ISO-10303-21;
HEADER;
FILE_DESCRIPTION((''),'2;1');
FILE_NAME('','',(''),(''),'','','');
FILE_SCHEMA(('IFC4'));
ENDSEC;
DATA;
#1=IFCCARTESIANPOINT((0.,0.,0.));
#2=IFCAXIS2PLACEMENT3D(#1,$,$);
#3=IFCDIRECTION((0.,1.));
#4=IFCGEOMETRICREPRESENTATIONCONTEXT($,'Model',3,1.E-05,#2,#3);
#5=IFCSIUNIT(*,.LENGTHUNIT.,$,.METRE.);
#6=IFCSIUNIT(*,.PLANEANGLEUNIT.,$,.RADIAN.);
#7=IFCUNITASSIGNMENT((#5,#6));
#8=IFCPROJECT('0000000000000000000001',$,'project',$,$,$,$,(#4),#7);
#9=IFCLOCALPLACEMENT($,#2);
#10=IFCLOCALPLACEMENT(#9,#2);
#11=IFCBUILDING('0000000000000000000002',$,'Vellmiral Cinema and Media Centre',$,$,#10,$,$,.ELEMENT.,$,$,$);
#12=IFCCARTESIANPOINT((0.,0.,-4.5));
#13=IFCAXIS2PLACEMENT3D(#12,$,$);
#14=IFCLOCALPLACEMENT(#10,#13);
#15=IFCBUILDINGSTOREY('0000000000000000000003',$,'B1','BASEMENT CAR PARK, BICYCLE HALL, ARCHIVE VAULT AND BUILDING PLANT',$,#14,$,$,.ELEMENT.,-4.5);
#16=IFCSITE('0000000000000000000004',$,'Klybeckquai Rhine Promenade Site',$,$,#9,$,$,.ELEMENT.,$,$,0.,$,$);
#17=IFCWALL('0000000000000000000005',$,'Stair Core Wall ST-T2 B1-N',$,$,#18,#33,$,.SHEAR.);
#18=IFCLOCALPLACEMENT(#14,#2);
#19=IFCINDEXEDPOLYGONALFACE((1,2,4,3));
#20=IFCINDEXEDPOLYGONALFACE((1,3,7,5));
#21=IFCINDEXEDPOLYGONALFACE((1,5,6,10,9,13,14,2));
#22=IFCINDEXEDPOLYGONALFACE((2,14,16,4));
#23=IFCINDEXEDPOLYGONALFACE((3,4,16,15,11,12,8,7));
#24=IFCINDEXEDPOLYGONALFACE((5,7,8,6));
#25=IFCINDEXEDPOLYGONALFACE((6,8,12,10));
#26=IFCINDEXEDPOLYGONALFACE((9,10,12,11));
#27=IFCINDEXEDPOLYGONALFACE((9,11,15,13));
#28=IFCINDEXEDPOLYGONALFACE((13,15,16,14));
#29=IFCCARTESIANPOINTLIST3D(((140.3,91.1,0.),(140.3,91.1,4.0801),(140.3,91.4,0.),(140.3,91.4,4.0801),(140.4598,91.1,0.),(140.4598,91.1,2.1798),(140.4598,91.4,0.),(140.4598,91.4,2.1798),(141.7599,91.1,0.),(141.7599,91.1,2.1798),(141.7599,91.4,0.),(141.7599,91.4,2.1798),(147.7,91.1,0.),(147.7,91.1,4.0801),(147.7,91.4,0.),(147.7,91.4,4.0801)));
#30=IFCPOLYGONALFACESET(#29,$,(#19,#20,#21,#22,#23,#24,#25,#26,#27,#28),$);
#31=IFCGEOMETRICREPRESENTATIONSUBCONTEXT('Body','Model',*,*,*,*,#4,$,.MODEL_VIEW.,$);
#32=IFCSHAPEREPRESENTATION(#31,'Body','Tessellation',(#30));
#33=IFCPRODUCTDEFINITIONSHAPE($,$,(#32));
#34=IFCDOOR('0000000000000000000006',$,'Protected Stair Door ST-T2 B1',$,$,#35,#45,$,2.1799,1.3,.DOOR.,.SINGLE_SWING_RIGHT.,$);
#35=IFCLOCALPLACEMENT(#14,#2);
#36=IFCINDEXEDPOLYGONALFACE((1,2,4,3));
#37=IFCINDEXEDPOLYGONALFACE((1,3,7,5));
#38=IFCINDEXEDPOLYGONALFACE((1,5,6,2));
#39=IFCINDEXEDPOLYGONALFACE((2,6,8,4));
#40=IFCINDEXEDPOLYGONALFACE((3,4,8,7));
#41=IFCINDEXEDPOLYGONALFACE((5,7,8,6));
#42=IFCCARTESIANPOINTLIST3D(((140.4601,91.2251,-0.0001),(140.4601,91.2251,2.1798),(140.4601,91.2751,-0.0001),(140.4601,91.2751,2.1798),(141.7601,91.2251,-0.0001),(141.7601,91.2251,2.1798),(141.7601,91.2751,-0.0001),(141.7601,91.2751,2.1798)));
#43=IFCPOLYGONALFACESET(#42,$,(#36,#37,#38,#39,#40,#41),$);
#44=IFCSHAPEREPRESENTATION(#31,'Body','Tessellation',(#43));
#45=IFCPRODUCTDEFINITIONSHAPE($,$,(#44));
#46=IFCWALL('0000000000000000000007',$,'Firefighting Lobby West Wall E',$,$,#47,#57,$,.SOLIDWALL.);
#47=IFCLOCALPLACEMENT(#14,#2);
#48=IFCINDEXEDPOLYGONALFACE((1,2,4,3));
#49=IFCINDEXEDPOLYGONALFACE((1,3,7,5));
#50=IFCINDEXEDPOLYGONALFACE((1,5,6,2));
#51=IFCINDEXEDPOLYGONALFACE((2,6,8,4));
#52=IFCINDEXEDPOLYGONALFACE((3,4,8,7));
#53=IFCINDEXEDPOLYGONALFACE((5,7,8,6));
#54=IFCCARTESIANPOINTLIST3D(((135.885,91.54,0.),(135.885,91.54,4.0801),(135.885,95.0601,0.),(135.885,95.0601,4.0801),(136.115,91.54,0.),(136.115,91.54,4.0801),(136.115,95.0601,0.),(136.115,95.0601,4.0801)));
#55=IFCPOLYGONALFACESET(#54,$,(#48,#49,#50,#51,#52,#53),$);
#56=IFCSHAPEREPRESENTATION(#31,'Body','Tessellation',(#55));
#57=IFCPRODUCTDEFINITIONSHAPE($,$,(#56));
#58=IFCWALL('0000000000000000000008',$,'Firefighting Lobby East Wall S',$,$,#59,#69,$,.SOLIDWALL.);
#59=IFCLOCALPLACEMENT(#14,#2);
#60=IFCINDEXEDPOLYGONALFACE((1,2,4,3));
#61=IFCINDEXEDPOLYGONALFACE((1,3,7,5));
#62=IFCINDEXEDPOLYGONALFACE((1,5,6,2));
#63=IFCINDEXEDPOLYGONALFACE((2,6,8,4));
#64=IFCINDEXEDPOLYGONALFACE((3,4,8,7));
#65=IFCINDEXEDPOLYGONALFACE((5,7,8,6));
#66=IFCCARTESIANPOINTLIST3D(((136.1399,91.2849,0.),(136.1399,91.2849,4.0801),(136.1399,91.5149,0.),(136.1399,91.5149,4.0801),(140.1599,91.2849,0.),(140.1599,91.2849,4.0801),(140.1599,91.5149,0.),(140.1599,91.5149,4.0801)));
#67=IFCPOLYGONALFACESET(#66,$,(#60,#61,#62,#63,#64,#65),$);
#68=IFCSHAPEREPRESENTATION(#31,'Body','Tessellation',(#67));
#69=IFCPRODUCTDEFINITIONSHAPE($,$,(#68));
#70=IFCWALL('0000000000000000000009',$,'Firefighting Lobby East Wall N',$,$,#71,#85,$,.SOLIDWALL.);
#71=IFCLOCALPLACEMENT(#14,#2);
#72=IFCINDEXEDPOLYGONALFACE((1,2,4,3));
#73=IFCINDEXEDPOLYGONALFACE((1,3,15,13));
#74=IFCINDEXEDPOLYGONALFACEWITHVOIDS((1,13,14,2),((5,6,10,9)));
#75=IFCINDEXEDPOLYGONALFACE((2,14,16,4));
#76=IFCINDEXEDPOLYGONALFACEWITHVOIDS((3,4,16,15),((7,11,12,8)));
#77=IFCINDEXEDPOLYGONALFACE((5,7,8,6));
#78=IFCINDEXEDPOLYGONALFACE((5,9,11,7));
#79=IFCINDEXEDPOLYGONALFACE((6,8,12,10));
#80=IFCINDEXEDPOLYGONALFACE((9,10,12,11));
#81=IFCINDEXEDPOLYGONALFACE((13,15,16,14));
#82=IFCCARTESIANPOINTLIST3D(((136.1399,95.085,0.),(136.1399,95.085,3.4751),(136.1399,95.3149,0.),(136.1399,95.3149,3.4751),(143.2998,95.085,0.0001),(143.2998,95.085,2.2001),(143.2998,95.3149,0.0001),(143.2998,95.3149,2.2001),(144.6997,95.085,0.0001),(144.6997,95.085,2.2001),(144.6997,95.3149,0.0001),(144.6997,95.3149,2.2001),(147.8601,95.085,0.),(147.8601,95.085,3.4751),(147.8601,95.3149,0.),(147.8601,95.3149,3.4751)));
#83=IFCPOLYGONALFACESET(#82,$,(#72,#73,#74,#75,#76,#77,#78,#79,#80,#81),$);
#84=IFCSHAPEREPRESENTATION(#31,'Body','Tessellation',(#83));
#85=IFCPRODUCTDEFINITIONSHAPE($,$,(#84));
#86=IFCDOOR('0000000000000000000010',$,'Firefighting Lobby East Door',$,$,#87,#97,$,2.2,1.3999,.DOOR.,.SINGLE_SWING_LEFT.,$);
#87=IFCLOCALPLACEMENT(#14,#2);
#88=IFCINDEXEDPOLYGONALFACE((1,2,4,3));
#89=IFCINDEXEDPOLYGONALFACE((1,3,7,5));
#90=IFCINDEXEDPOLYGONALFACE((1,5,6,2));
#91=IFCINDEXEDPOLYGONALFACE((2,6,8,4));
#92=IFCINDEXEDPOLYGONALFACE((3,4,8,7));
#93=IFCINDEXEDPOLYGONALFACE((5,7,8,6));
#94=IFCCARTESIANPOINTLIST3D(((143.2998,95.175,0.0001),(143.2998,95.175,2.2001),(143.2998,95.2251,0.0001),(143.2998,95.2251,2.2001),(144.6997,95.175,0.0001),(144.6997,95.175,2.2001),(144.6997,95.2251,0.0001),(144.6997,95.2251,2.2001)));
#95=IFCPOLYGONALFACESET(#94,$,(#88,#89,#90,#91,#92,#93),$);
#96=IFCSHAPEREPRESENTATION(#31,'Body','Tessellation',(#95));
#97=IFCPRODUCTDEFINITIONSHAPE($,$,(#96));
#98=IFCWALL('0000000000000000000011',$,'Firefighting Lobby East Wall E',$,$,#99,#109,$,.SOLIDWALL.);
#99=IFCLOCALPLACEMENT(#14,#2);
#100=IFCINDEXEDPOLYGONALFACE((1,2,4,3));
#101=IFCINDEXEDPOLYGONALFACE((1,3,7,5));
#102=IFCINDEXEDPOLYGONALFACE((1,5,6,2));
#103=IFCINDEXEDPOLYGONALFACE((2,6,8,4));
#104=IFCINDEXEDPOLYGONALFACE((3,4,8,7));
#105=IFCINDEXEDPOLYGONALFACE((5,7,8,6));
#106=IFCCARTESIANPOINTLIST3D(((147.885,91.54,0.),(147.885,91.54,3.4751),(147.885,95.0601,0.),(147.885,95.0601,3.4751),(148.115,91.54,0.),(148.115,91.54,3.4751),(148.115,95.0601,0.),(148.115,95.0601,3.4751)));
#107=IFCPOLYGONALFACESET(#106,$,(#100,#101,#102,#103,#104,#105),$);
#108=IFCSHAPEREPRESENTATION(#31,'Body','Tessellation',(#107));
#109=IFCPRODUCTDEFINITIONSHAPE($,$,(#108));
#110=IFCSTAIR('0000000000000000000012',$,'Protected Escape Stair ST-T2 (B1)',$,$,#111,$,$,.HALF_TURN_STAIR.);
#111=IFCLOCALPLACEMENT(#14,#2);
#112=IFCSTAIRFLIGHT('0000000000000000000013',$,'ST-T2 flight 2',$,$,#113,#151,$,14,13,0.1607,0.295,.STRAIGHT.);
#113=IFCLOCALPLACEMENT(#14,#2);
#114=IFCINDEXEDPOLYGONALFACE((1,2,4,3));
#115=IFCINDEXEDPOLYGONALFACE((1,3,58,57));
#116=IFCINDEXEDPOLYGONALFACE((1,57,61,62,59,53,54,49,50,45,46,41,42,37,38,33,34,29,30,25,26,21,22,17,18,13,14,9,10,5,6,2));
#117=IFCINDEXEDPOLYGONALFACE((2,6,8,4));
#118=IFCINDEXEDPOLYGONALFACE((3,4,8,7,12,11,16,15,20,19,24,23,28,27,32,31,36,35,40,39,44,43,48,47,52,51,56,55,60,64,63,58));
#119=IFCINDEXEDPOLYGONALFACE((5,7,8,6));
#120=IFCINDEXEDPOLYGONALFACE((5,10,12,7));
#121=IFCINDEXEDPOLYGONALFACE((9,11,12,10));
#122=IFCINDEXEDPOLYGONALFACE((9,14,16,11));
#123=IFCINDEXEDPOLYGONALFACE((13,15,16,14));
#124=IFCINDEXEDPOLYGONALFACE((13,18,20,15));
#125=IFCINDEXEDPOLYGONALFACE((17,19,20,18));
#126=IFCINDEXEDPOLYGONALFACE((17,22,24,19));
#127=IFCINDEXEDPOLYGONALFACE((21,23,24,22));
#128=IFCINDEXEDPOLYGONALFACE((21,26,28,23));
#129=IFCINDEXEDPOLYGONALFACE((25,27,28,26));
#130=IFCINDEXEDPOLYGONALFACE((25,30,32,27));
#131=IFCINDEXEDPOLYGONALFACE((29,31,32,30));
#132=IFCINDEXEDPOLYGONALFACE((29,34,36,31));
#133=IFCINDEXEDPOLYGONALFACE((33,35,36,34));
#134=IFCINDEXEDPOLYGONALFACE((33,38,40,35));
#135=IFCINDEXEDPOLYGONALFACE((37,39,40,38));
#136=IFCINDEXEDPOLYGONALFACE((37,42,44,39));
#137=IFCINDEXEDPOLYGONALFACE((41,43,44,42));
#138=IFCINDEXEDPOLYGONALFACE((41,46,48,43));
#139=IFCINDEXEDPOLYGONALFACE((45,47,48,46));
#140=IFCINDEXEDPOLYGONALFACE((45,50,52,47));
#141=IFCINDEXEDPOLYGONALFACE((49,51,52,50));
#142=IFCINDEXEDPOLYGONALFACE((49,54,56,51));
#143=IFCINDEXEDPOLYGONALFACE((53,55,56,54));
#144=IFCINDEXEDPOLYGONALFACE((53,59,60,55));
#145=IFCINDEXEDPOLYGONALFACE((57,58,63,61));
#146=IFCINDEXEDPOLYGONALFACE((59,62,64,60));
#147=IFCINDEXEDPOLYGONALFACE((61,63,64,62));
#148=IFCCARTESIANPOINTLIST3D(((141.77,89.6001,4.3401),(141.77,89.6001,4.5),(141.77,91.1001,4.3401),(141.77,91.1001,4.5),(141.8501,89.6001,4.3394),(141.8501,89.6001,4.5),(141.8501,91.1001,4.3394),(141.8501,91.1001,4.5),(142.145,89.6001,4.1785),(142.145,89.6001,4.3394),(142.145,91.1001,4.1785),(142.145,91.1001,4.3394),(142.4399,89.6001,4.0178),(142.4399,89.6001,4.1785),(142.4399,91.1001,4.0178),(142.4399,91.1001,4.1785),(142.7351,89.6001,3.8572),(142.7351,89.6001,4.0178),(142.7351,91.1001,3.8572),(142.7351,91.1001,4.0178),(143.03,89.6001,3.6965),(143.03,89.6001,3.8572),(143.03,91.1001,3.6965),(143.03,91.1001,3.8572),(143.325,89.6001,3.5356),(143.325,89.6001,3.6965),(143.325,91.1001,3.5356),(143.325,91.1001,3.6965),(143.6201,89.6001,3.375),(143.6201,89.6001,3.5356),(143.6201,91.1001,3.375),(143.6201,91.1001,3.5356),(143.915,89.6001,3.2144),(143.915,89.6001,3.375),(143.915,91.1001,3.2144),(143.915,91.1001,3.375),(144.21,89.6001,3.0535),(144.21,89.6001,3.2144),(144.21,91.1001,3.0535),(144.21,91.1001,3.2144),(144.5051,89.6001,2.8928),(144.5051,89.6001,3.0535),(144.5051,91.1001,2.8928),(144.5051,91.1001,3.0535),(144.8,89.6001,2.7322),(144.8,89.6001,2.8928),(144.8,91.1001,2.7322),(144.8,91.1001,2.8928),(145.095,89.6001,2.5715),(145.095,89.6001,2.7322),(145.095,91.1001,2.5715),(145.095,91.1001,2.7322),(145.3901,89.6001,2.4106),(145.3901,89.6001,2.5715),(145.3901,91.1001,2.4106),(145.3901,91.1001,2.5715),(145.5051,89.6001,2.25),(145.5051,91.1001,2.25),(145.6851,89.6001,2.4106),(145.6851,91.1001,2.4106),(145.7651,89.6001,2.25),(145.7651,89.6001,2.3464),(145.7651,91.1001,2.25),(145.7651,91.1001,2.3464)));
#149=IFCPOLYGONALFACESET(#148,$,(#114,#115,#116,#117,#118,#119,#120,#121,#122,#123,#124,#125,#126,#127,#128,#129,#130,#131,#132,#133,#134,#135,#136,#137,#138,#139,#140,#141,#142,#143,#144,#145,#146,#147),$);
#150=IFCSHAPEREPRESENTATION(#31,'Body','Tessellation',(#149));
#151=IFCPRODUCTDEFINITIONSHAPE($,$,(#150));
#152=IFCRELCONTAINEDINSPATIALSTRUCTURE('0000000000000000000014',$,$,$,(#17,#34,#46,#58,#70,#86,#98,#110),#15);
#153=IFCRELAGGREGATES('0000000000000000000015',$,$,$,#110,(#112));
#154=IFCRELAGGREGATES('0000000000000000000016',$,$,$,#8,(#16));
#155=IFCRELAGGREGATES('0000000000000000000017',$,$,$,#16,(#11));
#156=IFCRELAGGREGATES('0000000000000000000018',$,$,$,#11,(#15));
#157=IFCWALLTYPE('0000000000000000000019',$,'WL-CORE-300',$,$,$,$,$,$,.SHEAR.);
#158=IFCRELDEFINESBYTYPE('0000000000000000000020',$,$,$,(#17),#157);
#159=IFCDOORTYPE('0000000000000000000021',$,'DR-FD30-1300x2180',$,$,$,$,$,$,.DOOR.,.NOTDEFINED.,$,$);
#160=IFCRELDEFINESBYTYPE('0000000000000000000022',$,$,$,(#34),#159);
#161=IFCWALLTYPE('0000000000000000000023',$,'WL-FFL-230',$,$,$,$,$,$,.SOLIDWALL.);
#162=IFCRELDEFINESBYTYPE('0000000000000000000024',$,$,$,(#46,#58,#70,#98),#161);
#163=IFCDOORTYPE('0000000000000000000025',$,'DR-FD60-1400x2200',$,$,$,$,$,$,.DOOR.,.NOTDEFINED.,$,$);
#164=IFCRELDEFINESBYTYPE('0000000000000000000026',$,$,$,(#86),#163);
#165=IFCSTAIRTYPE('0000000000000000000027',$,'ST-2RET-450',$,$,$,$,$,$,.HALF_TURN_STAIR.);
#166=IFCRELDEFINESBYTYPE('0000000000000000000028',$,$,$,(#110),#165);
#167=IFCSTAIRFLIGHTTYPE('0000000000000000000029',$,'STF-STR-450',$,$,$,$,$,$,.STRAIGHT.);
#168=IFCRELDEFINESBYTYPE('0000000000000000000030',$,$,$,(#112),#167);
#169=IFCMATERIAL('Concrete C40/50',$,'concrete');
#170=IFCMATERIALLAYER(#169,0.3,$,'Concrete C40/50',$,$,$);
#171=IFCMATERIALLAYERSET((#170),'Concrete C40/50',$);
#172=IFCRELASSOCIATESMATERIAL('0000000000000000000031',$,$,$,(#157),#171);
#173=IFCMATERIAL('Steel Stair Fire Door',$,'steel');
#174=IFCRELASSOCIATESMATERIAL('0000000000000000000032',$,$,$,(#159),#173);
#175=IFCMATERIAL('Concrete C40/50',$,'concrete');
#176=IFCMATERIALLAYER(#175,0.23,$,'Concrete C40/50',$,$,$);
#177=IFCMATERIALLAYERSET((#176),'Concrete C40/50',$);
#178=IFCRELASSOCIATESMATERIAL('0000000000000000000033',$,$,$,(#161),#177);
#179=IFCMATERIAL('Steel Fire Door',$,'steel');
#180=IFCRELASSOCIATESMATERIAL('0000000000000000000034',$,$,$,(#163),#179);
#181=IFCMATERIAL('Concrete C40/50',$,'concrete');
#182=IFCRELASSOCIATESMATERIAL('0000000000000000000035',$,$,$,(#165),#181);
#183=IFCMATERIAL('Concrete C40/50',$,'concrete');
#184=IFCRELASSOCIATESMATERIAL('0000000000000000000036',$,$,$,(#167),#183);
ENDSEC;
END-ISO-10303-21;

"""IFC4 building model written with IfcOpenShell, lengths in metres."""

from ifc_helpers import new_model, si_unit, direction, frame, frame_2d, origin, place, context, subcontext, project, spatial, polyline, rectangle, outline, extrude, material, layer, layer_set, type_object, element, fill, aggregate, save


model = new_model("IFC4")

# Units and contexts
model_context = context("Model", 3, precision=1e-05, world=origin(), true_north=direction((0.0, 1.0)))
body_context = subcontext(model_context, "Body", "Model", "MODEL_VIEW")
ifc_project = project(units=[si_unit("LENGTHUNIT", "METRE"), si_unit("PLANEANGLEUNIT", "RADIAN")], contexts=[model_context])

# Site, building, storey
site_placement = place(None, origin())
site = spatial("IfcSite", under=ifc_project, at=site_placement, Name="Klybeckquai Rhine Promenade Site", CompositionType="ELEMENT", RefElevation=0.0)
building_placement = place(site_placement, origin())
building = spatial("IfcBuilding", under=site, at=building_placement, Name="Vellmiral Cinema and Media Centre", CompositionType="ELEMENT")
storey_placement = place(building_placement, frame((0.0, 0.0, -4.5)))
storey = spatial("IfcBuildingStorey", under=building, at=storey_placement, Name="B1", Description="BASEMENT CAR PARK, BICYCLE HALL, ARCHIVE VAULT AND BUILDING PLANT", CompositionType="ELEMENT", Elevation=-4.5)

# Wall, opening, door
ifc_material_1 = material(Name="Concrete C40/50", Category="concrete")
ifc_layer_1 = layer(ifc_material_1, 0.3, Name="Concrete C40/50")
ifc_layer_set_1 = layer_set([ifc_layer_1], Name="Concrete C40/50")
wall_type_1 = type_object("IfcWallType", Name="WL-CORE-300", PredefinedType="SHEAR", material=ifc_layer_set_1)
wall_1_placement = place(storey_placement, frame((140.3, 91.25, 0.0), z_axis=(0.0, 0.0, 1.0), x_axis=(1.0, 0.0, 0.0)))
wall_1 = element("IfcWall", 1, at=wall_1_placement, inside=storey, type_object=wall_type_1, Name="Stair Core Wall ST-T2 B1-N", PredefinedType="SHEAR", context=body_context, shape_type="SweptSolid", body=[
    extrude(rectangle(XDim=7.3999, YDim=0.3, at=frame_2d((3.7, 0.0))), origin(), (0.0, 0.0, 1.0), 4.0801),
])
opening_1_placement = place(wall_1_placement, frame((0.1599, 0.0, 0.0)))
opening_1 = element("IfcOpeningElement", 2, at=opening_1_placement, cuts=wall_1, PredefinedType="OPENING", context=body_context, shape_type="SweptSolid", body=[
    extrude(rectangle(XDim=1.3, YDim=2.1799, at=frame_2d((0.6499, 1.0898))), frame((0.0, 0.1621, 0.0), z_axis=(0.0, -1.0, 0.0), x_axis=(1.0, 0.0, 0.0)), (0.0, 0.0, 1.0), 0.324),
])
ifc_material_2 = material(Name="Steel Stair Fire Door", Category="steel")
door_type_1 = type_object("IfcDoorType", Name="DR-FD30-1300x2180", OperationType="NOTDEFINED", PredefinedType="DOOR", material=ifc_material_2)
door_1_placement = place(opening_1_placement, frame((1.3, 0.0, 0.0), z_axis=(0.0, 0.0, 1.0), x_axis=(-1.0, 0.0, 0.0)))
door_1 = element("IfcDoor", 3, at=door_1_placement, inside=storey, type_object=door_type_1, Name="Protected Stair Door ST-T2 B1", OperationType="SINGLE_SWING_RIGHT", OverallHeight=2.1799, OverallWidth=1.3, PredefinedType="DOOR", context=body_context, shape_type="SweptSolid", body=[
    extrude(rectangle(XDim=1.3, YDim=2.1799, at=frame_2d((0.6499, 1.0898))), frame((0.0, 0.0249, 0.0), z_axis=(0.0, -1.0, 0.0), x_axis=(1.0, 0.0, 0.0)), (0.0, 0.0, 1.0), 0.05),
])
fill(opening_1, door_1)

# Walls
ifc_material_3 = material(Name="Concrete C40/50", Category="concrete")
ifc_layer_2 = layer(ifc_material_3, 0.23, Name="Concrete C40/50")
ifc_layer_set_2 = layer_set([ifc_layer_2], Name="Concrete C40/50")
wall_type_2 = type_object("IfcWallType", Name="WL-FFL-230", PredefinedType="SOLIDWALL", material=ifc_layer_set_2)
wall_2_placement = place(storey_placement, frame((136.0, 91.54, 0.0), z_axis=(0.0, 0.0, 1.0), x_axis=(0.0, 1.0, 0.0)))
element("IfcWall", 4, at=wall_2_placement, inside=storey, type_object=wall_type_2, Name="Firefighting Lobby West Wall E", PredefinedType="SOLIDWALL", context=body_context, shape_type="SweptSolid", body=[
    extrude(rectangle(XDim=3.52, YDim=0.23, at=frame_2d((1.76, 0.0))), origin(), (0.0, 0.0, 1.0), 4.0801),
])
wall_3_placement = place(storey_placement, frame((136.1399, 91.3999, 0.0), z_axis=(0.0, 0.0, 1.0), x_axis=(1.0, 0.0, 0.0)))
element("IfcWall", 5, at=wall_3_placement, inside=storey, type_object=wall_type_2, Name="Firefighting Lobby East Wall S", PredefinedType="SOLIDWALL", context=body_context, shape_type="SweptSolid", body=[
    extrude(rectangle(XDim=4.02, YDim=0.23, at=frame_2d((2.01, 0.0))), origin(), (0.0, 0.0, 1.0), 4.0801),
])

# Wall, opening, door
wall_4_placement = place(storey_placement, frame((136.1399, 95.2, 0.0), z_axis=(0.0, 0.0, 1.0), x_axis=(1.0, 0.0, 0.0)))
wall_4 = element("IfcWall", 6, at=wall_4_placement, inside=storey, type_object=wall_type_2, Name="Firefighting Lobby East Wall N", PredefinedType="SOLIDWALL", context=body_context, shape_type="SweptSolid", body=[
    extrude(rectangle(XDim=11.7202, YDim=0.23, at=frame_2d((5.8601, 0.0))), origin(), (0.0, 0.0, 1.0), 3.4751),
])
opening_2_placement = place(wall_4_placement, frame((7.1599, 0.0, 0.0)))
opening_2 = element("IfcOpeningElement", 7, at=opening_2_placement, cuts=wall_4, PredefinedType="OPENING", context=body_context, shape_type="SweptSolid", body=[
    extrude(rectangle(XDim=1.3999, YDim=2.2, at=frame_2d((0.7, 1.1001))), frame((0.0, 0.127, 0.0), z_axis=(0.0, -1.0, 0.0), x_axis=(1.0, 0.0, 0.0)), (0.0, 0.0, 1.0), 0.2539),
])
ifc_material_4 = material(Name="Steel Fire Door", Category="steel")
door_type_2 = type_object("IfcDoorType", Name="DR-FD60-1400x2200", OperationType="NOTDEFINED", PredefinedType="DOOR", material=ifc_material_4)
door_2_placement = place(opening_2_placement, frame((1.3999, 0.0, 0.0), z_axis=(0.0, 0.0, 1.0), x_axis=(-1.0, 0.0, 0.0)))
door_2 = element("IfcDoor", 8, at=door_2_placement, inside=storey, type_object=door_type_2, Name="Firefighting Lobby East Door", OperationType="SINGLE_SWING_LEFT", OverallHeight=2.2, OverallWidth=1.3999, PredefinedType="DOOR", context=body_context, shape_type="SweptSolid", body=[
    extrude(rectangle(XDim=1.3999, YDim=2.2, at=frame_2d((0.7, 1.1001))), frame((0.0, 0.0249, 0.0), z_axis=(0.0, -1.0, 0.0), x_axis=(1.0, 0.0, 0.0)), (0.0, 0.0, 1.0), 0.05),
])
fill(opening_2, door_2)

# Wall
wall_5_placement = place(storey_placement, frame((148.0, 91.54, 0.0), z_axis=(0.0, 0.0, 1.0), x_axis=(0.0, 1.0, 0.0)))
element("IfcWall", 9, at=wall_5_placement, inside=storey, type_object=wall_type_2, Name="Firefighting Lobby East Wall E", PredefinedType="SOLIDWALL", context=body_context, shape_type="SweptSolid", body=[
    extrude(rectangle(XDim=3.52, YDim=0.23, at=frame_2d((1.76, 0.0))), origin(), (0.0, 0.0, 1.0), 3.4751),
])

# Stair, stair flight
ifc_material_5 = material(Name="Concrete C40/50", Category="concrete")
stair_type = type_object("IfcStairType", Name="ST-2RET-450", PredefinedType="HALF_TURN_STAIR", material=ifc_material_5)
stair_placement = place(storey_placement, origin())
stair = element("IfcStair", 10, at=stair_placement, inside=storey, type_object=stair_type, Name="Protected Escape Stair ST-T2 (B1)", PredefinedType="HALF_TURN_STAIR")
ifc_material_6 = material(Name="Concrete C40/50", Category="concrete")
stair_flight_type = type_object("IfcStairFlightType", Name="STF-STR-450", PredefinedType="STRAIGHT", material=ifc_material_6)
stair_flight_placement = place(storey_placement, frame((145.6851, 90.3501, 2.25), z_axis=(0.0, 0.0, 1.0), x_axis=(-1.0, 0.0, 0.0)))
stair_flight = element("IfcStairFlight", 11, at=stair_flight_placement, type_object=stair_flight_type, Name="ST-T2 flight 2", NumberOfRisers=14, NumberOfTreads=13, PredefinedType="STRAIGHT", RiserHeight=0.1607, TreadLength=0.295, context=body_context, shape_type="SweptSolid", body=[
    extrude(outline(polyline([(-0.0801, 0.0), (-0.0801, 0.0964), (0.0, 0.1606), (0.2949, 0.1606), (0.2949, 0.3215), (0.5901, 0.3215), (0.5901, 0.4822), (0.885, 0.4822), (0.885, 0.6428), (1.1799, 0.6428), (1.1799, 0.8035), (1.4751, 0.8035), (1.4751, 0.9644), (1.77, 0.9644), (1.77, 1.125), (2.0649, 1.125), (2.0649, 1.2856), (2.3601, 1.2856), (2.3601, 1.4465), (2.655, 1.4465), (2.655, 1.6072), (2.95, 1.6072), (2.95, 1.7678), (3.2451, 1.7678), (3.2451, 1.9285), (3.54, 1.9285), (3.54, 2.0894), (3.835, 2.0894), (3.835, 2.25), (3.915, 2.25), (3.915, 2.0901), (0.1799, 0.0), (-0.0801, 0.0)])), frame((0.0, 0.75, 0.0), z_axis=(0.0, -1.0, 0.0), x_axis=(1.0, 0.0, 0.0)), (0.0, 0.0, 1.0), 1.5),
])
aggregate(stair, [stair_flight])

save(model, "model.ifc")
